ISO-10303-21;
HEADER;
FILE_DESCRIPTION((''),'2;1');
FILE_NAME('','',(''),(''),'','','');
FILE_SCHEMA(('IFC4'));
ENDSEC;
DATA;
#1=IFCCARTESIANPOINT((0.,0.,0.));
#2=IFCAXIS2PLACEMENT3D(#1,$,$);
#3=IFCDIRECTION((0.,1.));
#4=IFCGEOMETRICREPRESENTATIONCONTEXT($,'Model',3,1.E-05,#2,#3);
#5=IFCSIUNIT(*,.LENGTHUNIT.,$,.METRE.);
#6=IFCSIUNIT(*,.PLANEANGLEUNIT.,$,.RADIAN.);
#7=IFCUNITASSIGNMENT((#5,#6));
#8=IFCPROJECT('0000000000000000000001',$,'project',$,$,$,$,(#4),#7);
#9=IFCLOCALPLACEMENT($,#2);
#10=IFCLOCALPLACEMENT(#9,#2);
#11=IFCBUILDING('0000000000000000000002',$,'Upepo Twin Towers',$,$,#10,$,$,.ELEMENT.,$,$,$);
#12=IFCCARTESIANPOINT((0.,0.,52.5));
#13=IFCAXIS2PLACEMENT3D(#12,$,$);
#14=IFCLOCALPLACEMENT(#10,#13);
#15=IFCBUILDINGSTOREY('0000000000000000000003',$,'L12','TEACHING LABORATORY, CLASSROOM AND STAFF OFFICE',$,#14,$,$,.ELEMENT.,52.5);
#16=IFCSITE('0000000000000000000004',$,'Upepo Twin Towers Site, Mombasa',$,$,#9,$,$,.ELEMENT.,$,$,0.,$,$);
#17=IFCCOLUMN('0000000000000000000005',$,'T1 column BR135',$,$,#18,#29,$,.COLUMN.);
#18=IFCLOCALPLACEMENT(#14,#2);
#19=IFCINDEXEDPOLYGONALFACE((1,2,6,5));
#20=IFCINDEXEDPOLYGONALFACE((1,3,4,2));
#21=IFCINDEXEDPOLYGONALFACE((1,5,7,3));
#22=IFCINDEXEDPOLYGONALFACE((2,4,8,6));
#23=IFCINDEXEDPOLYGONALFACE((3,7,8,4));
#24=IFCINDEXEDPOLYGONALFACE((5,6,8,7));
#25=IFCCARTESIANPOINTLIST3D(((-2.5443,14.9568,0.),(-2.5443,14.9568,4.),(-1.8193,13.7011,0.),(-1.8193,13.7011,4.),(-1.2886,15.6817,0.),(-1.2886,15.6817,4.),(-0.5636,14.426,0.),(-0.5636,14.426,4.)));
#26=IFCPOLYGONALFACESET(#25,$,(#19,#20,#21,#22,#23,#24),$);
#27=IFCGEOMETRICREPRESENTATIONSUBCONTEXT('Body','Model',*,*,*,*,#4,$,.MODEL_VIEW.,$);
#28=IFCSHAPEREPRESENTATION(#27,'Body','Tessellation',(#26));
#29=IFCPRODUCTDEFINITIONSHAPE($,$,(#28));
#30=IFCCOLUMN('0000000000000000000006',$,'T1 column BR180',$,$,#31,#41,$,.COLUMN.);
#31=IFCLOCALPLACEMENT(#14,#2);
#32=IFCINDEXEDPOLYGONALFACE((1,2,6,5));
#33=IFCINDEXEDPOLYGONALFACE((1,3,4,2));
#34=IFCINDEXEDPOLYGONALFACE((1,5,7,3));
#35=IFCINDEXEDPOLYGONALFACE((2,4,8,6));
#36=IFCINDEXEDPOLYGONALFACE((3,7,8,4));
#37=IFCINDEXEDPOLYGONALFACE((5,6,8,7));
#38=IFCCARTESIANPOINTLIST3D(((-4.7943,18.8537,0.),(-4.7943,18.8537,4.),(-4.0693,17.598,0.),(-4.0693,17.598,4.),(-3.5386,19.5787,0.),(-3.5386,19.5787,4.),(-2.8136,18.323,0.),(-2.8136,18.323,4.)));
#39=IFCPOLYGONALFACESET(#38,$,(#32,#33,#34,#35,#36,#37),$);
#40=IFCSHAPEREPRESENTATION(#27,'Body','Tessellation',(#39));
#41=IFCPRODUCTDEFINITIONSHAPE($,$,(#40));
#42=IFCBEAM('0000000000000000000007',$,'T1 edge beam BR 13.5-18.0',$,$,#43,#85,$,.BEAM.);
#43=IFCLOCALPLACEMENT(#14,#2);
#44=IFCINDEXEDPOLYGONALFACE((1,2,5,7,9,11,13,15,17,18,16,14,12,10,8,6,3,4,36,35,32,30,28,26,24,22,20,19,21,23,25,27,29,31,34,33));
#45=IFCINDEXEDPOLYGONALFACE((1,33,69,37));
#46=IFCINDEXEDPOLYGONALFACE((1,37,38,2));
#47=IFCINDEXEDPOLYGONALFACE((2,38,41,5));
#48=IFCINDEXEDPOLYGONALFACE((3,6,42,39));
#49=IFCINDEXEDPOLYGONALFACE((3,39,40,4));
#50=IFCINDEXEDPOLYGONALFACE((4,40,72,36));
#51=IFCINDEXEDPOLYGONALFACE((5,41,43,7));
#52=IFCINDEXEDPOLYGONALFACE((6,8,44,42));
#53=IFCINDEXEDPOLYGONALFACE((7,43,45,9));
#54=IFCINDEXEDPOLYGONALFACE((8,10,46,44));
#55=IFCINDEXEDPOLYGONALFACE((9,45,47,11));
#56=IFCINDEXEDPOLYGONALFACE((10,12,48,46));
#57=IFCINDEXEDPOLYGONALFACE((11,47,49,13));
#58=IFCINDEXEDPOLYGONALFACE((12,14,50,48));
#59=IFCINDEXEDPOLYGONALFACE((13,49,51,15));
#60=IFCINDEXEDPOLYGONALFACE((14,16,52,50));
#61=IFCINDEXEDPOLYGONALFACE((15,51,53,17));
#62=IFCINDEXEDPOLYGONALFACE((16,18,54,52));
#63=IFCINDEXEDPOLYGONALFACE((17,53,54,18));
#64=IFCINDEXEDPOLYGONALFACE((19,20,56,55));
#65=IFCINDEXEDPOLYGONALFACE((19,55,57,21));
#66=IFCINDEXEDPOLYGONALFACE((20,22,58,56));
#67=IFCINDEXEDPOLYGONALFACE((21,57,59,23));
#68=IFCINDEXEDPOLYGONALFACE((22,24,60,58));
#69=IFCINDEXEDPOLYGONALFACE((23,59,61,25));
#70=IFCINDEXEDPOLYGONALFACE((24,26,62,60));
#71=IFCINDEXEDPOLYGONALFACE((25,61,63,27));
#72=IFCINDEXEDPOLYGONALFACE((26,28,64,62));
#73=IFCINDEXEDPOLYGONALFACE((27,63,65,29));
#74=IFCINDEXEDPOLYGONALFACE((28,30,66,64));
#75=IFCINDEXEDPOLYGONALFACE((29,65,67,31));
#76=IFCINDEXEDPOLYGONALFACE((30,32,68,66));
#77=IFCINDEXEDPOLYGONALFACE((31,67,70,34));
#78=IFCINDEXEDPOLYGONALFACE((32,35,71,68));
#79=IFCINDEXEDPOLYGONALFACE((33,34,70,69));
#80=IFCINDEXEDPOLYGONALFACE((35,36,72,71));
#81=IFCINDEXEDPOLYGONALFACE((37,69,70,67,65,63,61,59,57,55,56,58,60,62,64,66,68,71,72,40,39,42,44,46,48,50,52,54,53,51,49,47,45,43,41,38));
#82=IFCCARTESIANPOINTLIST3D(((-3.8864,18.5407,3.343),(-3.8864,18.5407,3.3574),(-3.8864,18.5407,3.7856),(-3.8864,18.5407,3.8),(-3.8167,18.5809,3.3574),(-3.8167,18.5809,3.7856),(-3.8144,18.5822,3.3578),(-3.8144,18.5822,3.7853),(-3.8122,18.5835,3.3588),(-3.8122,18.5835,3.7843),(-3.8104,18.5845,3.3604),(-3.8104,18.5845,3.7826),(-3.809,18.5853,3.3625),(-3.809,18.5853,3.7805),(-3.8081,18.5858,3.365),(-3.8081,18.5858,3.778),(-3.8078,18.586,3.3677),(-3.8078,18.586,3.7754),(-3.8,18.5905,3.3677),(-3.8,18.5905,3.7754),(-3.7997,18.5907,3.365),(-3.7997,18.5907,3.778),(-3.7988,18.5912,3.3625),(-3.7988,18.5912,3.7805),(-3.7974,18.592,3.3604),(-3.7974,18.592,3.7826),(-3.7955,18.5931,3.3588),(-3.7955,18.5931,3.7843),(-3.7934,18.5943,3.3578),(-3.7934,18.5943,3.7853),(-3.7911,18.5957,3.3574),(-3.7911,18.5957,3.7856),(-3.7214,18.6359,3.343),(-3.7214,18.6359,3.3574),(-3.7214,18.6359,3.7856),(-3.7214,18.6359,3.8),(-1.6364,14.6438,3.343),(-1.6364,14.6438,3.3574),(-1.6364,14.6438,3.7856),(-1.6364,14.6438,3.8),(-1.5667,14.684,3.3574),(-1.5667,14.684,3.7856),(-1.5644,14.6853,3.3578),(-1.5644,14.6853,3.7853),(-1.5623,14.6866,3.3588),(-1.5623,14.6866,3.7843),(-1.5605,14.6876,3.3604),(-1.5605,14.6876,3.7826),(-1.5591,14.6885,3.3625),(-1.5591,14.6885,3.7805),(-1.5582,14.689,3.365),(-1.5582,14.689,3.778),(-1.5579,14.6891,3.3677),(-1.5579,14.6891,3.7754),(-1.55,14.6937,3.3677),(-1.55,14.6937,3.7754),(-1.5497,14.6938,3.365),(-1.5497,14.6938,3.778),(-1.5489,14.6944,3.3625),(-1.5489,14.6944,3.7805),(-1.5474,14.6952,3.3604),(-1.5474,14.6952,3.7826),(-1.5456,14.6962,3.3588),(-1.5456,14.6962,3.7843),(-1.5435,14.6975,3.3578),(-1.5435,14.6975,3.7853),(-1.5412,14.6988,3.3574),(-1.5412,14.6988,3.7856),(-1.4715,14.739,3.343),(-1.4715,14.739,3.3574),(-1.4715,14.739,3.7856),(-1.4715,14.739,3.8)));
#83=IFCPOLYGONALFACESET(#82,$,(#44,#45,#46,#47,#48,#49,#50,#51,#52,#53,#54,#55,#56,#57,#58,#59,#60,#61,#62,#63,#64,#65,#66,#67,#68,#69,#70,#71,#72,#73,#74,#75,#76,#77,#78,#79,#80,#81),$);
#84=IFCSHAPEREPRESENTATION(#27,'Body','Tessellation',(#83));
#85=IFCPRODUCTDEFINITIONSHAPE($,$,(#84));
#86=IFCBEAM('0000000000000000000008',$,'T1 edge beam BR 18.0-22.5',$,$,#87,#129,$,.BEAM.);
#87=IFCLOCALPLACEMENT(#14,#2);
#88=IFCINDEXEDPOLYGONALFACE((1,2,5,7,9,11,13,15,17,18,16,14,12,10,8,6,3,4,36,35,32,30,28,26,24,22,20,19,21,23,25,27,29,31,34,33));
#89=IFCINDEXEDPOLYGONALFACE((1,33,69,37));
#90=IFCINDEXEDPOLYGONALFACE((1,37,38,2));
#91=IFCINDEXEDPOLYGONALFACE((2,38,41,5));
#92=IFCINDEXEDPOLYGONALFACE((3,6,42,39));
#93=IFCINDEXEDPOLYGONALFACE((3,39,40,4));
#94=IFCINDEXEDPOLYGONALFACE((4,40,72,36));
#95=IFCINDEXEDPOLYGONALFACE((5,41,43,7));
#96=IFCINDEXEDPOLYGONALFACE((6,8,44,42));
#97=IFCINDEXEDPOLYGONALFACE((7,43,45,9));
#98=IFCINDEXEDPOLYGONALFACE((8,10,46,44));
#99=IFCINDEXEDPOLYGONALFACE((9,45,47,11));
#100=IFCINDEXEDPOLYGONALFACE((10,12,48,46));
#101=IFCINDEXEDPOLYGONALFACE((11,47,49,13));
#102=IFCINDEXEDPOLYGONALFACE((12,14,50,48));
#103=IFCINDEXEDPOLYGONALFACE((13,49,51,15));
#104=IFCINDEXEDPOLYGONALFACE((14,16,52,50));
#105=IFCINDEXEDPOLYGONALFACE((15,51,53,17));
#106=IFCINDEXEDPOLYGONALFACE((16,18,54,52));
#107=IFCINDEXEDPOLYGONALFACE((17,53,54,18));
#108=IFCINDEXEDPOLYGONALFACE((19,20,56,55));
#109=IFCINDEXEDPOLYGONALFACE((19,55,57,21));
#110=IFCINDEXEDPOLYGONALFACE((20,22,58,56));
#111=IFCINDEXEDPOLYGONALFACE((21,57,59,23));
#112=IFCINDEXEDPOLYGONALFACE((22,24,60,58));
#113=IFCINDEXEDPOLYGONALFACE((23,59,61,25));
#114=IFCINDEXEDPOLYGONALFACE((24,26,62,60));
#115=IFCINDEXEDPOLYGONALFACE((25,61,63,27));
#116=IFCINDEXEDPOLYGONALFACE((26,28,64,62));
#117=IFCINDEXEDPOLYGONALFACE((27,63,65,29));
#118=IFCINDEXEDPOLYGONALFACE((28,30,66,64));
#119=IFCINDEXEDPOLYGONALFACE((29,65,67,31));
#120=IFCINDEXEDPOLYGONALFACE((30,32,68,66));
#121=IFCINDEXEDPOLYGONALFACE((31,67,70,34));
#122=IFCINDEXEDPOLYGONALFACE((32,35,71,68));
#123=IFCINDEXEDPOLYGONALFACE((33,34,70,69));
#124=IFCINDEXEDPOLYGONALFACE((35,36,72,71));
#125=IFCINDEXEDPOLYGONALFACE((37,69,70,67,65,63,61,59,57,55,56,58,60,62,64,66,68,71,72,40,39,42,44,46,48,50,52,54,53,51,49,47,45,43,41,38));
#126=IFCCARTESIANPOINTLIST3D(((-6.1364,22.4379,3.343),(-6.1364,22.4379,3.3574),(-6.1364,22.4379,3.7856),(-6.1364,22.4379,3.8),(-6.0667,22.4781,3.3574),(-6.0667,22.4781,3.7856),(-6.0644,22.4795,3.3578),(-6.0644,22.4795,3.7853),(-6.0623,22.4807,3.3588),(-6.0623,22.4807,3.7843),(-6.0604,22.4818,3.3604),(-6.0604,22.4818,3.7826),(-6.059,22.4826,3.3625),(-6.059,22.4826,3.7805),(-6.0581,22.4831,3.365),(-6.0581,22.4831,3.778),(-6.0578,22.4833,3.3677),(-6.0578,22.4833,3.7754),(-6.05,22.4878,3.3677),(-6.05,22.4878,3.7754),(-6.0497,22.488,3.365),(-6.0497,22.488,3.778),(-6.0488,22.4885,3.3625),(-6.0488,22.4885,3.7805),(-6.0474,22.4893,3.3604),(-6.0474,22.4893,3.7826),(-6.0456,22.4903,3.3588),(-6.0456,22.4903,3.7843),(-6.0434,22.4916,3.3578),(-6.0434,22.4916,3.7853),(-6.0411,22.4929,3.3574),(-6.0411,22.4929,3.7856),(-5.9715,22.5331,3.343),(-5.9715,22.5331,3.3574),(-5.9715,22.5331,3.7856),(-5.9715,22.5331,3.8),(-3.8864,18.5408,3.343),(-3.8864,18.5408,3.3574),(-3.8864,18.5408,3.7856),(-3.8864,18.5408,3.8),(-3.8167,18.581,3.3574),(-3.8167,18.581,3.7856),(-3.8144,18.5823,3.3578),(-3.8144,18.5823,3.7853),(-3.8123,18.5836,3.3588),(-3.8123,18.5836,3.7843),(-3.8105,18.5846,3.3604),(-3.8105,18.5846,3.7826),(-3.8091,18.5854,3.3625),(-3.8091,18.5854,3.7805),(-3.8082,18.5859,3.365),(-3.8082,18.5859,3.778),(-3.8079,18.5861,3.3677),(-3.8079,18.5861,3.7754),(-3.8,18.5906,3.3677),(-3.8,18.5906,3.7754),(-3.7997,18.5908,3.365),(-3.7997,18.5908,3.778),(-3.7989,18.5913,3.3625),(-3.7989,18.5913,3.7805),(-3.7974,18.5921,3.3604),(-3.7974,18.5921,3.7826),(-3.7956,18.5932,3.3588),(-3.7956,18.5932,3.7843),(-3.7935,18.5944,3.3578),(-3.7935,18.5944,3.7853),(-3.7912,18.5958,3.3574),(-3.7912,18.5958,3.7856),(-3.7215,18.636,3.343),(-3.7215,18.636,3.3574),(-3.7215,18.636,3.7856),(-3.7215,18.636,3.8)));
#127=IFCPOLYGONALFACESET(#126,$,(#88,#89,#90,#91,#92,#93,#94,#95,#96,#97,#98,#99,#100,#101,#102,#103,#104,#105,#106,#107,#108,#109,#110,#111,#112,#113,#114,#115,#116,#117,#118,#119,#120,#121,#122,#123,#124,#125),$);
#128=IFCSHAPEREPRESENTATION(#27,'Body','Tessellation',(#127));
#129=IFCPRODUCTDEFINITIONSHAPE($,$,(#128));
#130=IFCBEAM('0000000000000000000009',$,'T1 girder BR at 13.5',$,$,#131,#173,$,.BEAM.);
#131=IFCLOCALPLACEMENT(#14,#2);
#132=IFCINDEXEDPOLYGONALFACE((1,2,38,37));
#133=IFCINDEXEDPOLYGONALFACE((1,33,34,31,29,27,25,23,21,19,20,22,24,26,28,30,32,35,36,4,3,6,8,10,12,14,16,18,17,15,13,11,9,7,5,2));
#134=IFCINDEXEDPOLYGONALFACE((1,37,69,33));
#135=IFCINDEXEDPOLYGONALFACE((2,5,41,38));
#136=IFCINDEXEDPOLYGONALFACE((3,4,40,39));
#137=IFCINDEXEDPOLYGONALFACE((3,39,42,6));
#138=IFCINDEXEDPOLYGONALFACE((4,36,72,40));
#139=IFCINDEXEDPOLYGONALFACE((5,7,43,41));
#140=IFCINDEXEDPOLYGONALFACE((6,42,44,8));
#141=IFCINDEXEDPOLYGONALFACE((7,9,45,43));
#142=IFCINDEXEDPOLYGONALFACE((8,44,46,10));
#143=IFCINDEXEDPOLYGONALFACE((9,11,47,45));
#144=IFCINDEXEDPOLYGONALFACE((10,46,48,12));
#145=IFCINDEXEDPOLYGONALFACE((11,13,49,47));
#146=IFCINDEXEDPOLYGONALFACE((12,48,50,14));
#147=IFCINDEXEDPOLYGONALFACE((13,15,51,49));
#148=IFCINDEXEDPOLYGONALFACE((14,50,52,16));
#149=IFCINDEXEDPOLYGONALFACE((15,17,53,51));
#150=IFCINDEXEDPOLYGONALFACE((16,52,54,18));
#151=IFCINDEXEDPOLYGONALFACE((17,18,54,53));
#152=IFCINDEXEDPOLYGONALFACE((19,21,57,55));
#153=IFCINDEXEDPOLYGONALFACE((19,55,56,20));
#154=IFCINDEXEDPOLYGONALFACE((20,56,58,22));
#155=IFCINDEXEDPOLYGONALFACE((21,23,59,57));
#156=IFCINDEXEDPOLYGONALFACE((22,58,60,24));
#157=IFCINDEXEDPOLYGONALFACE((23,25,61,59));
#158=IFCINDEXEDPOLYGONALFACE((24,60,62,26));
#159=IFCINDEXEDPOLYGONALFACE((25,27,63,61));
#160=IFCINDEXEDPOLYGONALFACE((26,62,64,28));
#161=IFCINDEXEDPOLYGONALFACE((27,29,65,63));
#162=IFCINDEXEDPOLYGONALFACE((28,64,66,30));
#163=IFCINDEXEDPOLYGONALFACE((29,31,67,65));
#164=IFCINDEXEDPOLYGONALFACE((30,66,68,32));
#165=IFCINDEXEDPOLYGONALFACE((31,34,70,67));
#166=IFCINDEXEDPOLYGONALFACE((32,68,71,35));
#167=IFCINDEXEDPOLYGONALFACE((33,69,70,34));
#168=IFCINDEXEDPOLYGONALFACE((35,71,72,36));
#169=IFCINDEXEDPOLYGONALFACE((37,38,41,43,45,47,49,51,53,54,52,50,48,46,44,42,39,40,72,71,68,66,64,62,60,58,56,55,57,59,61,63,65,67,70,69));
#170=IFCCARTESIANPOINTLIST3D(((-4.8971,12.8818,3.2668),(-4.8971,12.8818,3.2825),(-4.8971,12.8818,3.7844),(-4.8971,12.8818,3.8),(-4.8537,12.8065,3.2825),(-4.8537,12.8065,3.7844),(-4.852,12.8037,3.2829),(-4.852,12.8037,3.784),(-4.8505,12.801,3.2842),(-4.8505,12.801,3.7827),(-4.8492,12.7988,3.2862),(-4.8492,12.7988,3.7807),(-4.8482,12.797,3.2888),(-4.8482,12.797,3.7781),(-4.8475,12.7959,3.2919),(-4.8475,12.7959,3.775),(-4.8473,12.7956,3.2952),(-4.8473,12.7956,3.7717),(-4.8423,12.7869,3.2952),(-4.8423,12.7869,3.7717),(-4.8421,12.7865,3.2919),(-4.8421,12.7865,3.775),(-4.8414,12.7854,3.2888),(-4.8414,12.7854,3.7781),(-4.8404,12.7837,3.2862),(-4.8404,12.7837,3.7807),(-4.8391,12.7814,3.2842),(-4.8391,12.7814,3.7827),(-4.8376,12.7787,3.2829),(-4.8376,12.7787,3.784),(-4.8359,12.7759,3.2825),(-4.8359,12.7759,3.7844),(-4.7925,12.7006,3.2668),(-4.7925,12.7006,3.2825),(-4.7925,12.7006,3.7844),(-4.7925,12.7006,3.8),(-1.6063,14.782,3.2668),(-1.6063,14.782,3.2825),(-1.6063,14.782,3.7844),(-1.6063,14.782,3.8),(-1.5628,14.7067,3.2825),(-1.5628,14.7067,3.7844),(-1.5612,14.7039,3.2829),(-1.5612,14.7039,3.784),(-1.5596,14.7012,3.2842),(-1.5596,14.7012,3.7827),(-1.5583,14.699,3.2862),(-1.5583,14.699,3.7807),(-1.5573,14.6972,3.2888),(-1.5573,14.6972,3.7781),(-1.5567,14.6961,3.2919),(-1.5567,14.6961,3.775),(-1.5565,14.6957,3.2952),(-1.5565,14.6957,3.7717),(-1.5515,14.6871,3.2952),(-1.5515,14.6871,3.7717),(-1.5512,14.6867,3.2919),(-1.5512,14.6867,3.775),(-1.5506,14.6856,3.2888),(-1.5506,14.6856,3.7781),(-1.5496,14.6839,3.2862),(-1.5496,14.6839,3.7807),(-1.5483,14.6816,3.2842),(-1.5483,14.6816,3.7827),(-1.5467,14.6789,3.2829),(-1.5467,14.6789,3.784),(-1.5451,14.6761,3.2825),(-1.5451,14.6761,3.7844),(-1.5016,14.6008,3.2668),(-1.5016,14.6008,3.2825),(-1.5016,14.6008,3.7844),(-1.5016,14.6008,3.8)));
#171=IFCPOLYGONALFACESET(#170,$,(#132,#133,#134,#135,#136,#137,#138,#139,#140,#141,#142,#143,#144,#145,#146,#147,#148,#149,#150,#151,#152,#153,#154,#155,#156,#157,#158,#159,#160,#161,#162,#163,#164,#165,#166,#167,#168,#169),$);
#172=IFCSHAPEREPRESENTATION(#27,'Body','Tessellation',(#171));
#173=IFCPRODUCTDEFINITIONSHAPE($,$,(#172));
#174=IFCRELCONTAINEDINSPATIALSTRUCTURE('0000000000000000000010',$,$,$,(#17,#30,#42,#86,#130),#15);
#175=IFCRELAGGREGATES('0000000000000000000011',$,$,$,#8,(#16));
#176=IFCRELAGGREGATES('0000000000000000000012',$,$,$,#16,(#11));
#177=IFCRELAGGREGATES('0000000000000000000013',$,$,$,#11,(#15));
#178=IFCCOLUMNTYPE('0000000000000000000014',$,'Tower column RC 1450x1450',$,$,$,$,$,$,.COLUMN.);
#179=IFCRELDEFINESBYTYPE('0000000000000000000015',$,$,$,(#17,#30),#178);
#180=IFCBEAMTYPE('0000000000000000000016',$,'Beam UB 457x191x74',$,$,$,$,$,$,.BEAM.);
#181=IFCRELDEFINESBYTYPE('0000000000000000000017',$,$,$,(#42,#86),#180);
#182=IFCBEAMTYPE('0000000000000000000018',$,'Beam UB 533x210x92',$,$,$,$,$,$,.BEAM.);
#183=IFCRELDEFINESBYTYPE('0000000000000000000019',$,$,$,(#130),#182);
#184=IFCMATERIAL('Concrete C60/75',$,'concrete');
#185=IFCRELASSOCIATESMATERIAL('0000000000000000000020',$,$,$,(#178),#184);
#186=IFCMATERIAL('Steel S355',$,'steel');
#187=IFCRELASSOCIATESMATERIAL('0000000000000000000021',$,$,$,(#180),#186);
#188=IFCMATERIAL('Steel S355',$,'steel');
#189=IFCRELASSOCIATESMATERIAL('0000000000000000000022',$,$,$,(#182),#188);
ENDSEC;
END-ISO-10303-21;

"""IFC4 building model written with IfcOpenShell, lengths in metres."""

from ifc_helpers import new_model, si_unit, direction, frame, origin, origin_2d, place, context, subcontext, project, spatial, rectangle, i_section, extrude, material, material_profile, profile_set, type_object, element, save


model = new_model("IFC4")

# Units and contexts
model_context = context("Model", 3, precision=1e-05, world=origin(), true_north=direction((0.0, 1.0)))
body_context = subcontext(model_context, "Body", "Model", "MODEL_VIEW")
ifc_project = project(units=[si_unit("LENGTHUNIT", "METRE"), si_unit("PLANEANGLEUNIT", "RADIAN")], contexts=[model_context])

# Site, building, storey
site_placement = place(None, origin())
site = spatial("IfcSite", under=ifc_project, at=site_placement, Name="Upepo Twin Towers Site, Mombasa", CompositionType="ELEMENT", RefElevation=0.0)
building_placement = place(site_placement, origin())
building = spatial("IfcBuilding", under=site, at=building_placement, Name="Upepo Twin Towers", CompositionType="ELEMENT")
storey_placement = place(building_placement, frame((0.0, 0.0, 52.5)))
storey = spatial("IfcBuildingStorey", under=building, at=storey_placement, Name="L12", Description="TEACHING LABORATORY, CLASSROOM AND STAFF OFFICE", CompositionType="ELEMENT", Elevation=52.5)

# Columns
ifc_material_1 = material(Name="Concrete C60/75", Category="concrete")
ifc_material_profile_1 = material_profile(ifc_material_1, rectangle(XDim=1.45, YDim=1.45, at=origin_2d()), Name="RC 1450x1450")
ifc_profile_set_1 = profile_set([ifc_material_profile_1], Name="Concrete C60/75")
column_type = type_object("IfcColumnType", Name="Tower column RC 1450x1450", PredefinedType="COLUMN", material=ifc_profile_set_1)
for number, where, z_axis, x_axis, name in (
    (1, (-1.554, 14.6914, 0.0), (0.0, 0.0, 1.0), (0.866025, 0.5, 0.0), "T1 column BR135"),
    (2, (-3.804, 18.5884, 0.0), (0.0, 0.0, 1.0), (0.866025, 0.5, 0.0), "T1 column BR180"),
):
    element("IfcColumn", number, at=place(storey_placement, frame(where, z_axis=z_axis, x_axis=x_axis)), inside=storey, type_object=column_type, Name=name, PredefinedType="COLUMN", context=body_context, shape_type="SweptSolid", body=[
        extrude(rectangle(XDim=1.45, YDim=1.45, at=origin_2d()), origin(), (0.0, 0.0, 1.0), 4.0),
    ])

# Beams
ifc_material_2 = material(Name="Steel S355", Category="steel")
ifc_material_profile_2 = material_profile(ifc_material_2, i_section(OverallWidth=0.1904, OverallDepth=0.457, WebThickness=0.009, FlangeThickness=0.0144, FilletRadius=0.0103, at=origin_2d()), Name="UB 457x191x74")
ifc_profile_set_2 = profile_set([ifc_material_profile_2], Name="Steel S355")
beam_type_1 = type_object("IfcBeamType", Name="Beam UB 457x191x74", PredefinedType="BEAM", material=ifc_profile_set_2)
beam_1_placement = place(storey_placement, frame((-1.554, 14.6914, 3.5715), z_axis=(-0.500014, 0.866018, 0.0), x_axis=(-0.866018, -0.500014, 0.0)))
element("IfcBeam", 3, at=beam_1_placement, inside=storey, type_object=beam_type_1, Name="T1 edge beam BR 13.5-18.0", PredefinedType="BEAM", context=body_context, shape_type="SweptSolid", body=[
    extrude(i_section(OverallWidth=0.1904, OverallDepth=0.457, WebThickness=0.009, FlangeThickness=0.0144, FilletRadius=0.0103, at=origin_2d()), origin(), (0.0, 0.0, 1.0), 4.4998),
])
beam_2_placement = place(storey_placement, frame((-3.804, 18.5884, 3.5715), z_axis=(-0.49999, 0.866031, 0.0), x_axis=(-0.866031, -0.49999, 0.0)))
element("IfcBeam", 4, at=beam_2_placement, inside=storey, type_object=beam_type_1, Name="T1 edge beam BR 18.0-22.5", PredefinedType="BEAM", context=body_context, shape_type="SweptSolid", body=[
    extrude(i_section(OverallWidth=0.1904, OverallDepth=0.457, WebThickness=0.009, FlangeThickness=0.0144, FilletRadius=0.0103, at=origin_2d()), origin(), (0.0, 0.0, 1.0), 4.5),
])
ifc_material_3 = material(Name="Steel S355", Category="steel")
ifc_material_profile_3 = material_profile(ifc_material_3, i_section(OverallWidth=0.2092, OverallDepth=0.5332, WebThickness=0.01, FlangeThickness=0.0156, FilletRadius=0.0127, at=origin_2d()), Name="UB 533x210x92")
ifc_profile_set_3 = profile_set([ifc_material_profile_3], Name="Steel S355")
beam_type_2 = type_object("IfcBeamType", Name="Beam UB 533x210x92", PredefinedType="BEAM", material=ifc_profile_set_3)
beam_3_placement = place(storey_placement, frame((-1.554, 14.6914, 3.5334), z_axis=(-0.866, -0.500043, 0.0), x_axis=(0.500043, -0.866, 0.0)))
element("IfcBeam", 5, at=beam_3_placement, inside=storey, type_object=beam_type_2, Name="T1 girder BR at 13.5", PredefinedType="BEAM", context=body_context, shape_type="SweptSolid", body=[
    extrude(i_section(OverallWidth=0.2092, OverallDepth=0.5332, WebThickness=0.01, FlangeThickness=0.0156, FilletRadius=0.0127, at=origin_2d()), origin(), (0.0, 0.0, 1.0), 3.8),
])

save(model, "model.ifc")
